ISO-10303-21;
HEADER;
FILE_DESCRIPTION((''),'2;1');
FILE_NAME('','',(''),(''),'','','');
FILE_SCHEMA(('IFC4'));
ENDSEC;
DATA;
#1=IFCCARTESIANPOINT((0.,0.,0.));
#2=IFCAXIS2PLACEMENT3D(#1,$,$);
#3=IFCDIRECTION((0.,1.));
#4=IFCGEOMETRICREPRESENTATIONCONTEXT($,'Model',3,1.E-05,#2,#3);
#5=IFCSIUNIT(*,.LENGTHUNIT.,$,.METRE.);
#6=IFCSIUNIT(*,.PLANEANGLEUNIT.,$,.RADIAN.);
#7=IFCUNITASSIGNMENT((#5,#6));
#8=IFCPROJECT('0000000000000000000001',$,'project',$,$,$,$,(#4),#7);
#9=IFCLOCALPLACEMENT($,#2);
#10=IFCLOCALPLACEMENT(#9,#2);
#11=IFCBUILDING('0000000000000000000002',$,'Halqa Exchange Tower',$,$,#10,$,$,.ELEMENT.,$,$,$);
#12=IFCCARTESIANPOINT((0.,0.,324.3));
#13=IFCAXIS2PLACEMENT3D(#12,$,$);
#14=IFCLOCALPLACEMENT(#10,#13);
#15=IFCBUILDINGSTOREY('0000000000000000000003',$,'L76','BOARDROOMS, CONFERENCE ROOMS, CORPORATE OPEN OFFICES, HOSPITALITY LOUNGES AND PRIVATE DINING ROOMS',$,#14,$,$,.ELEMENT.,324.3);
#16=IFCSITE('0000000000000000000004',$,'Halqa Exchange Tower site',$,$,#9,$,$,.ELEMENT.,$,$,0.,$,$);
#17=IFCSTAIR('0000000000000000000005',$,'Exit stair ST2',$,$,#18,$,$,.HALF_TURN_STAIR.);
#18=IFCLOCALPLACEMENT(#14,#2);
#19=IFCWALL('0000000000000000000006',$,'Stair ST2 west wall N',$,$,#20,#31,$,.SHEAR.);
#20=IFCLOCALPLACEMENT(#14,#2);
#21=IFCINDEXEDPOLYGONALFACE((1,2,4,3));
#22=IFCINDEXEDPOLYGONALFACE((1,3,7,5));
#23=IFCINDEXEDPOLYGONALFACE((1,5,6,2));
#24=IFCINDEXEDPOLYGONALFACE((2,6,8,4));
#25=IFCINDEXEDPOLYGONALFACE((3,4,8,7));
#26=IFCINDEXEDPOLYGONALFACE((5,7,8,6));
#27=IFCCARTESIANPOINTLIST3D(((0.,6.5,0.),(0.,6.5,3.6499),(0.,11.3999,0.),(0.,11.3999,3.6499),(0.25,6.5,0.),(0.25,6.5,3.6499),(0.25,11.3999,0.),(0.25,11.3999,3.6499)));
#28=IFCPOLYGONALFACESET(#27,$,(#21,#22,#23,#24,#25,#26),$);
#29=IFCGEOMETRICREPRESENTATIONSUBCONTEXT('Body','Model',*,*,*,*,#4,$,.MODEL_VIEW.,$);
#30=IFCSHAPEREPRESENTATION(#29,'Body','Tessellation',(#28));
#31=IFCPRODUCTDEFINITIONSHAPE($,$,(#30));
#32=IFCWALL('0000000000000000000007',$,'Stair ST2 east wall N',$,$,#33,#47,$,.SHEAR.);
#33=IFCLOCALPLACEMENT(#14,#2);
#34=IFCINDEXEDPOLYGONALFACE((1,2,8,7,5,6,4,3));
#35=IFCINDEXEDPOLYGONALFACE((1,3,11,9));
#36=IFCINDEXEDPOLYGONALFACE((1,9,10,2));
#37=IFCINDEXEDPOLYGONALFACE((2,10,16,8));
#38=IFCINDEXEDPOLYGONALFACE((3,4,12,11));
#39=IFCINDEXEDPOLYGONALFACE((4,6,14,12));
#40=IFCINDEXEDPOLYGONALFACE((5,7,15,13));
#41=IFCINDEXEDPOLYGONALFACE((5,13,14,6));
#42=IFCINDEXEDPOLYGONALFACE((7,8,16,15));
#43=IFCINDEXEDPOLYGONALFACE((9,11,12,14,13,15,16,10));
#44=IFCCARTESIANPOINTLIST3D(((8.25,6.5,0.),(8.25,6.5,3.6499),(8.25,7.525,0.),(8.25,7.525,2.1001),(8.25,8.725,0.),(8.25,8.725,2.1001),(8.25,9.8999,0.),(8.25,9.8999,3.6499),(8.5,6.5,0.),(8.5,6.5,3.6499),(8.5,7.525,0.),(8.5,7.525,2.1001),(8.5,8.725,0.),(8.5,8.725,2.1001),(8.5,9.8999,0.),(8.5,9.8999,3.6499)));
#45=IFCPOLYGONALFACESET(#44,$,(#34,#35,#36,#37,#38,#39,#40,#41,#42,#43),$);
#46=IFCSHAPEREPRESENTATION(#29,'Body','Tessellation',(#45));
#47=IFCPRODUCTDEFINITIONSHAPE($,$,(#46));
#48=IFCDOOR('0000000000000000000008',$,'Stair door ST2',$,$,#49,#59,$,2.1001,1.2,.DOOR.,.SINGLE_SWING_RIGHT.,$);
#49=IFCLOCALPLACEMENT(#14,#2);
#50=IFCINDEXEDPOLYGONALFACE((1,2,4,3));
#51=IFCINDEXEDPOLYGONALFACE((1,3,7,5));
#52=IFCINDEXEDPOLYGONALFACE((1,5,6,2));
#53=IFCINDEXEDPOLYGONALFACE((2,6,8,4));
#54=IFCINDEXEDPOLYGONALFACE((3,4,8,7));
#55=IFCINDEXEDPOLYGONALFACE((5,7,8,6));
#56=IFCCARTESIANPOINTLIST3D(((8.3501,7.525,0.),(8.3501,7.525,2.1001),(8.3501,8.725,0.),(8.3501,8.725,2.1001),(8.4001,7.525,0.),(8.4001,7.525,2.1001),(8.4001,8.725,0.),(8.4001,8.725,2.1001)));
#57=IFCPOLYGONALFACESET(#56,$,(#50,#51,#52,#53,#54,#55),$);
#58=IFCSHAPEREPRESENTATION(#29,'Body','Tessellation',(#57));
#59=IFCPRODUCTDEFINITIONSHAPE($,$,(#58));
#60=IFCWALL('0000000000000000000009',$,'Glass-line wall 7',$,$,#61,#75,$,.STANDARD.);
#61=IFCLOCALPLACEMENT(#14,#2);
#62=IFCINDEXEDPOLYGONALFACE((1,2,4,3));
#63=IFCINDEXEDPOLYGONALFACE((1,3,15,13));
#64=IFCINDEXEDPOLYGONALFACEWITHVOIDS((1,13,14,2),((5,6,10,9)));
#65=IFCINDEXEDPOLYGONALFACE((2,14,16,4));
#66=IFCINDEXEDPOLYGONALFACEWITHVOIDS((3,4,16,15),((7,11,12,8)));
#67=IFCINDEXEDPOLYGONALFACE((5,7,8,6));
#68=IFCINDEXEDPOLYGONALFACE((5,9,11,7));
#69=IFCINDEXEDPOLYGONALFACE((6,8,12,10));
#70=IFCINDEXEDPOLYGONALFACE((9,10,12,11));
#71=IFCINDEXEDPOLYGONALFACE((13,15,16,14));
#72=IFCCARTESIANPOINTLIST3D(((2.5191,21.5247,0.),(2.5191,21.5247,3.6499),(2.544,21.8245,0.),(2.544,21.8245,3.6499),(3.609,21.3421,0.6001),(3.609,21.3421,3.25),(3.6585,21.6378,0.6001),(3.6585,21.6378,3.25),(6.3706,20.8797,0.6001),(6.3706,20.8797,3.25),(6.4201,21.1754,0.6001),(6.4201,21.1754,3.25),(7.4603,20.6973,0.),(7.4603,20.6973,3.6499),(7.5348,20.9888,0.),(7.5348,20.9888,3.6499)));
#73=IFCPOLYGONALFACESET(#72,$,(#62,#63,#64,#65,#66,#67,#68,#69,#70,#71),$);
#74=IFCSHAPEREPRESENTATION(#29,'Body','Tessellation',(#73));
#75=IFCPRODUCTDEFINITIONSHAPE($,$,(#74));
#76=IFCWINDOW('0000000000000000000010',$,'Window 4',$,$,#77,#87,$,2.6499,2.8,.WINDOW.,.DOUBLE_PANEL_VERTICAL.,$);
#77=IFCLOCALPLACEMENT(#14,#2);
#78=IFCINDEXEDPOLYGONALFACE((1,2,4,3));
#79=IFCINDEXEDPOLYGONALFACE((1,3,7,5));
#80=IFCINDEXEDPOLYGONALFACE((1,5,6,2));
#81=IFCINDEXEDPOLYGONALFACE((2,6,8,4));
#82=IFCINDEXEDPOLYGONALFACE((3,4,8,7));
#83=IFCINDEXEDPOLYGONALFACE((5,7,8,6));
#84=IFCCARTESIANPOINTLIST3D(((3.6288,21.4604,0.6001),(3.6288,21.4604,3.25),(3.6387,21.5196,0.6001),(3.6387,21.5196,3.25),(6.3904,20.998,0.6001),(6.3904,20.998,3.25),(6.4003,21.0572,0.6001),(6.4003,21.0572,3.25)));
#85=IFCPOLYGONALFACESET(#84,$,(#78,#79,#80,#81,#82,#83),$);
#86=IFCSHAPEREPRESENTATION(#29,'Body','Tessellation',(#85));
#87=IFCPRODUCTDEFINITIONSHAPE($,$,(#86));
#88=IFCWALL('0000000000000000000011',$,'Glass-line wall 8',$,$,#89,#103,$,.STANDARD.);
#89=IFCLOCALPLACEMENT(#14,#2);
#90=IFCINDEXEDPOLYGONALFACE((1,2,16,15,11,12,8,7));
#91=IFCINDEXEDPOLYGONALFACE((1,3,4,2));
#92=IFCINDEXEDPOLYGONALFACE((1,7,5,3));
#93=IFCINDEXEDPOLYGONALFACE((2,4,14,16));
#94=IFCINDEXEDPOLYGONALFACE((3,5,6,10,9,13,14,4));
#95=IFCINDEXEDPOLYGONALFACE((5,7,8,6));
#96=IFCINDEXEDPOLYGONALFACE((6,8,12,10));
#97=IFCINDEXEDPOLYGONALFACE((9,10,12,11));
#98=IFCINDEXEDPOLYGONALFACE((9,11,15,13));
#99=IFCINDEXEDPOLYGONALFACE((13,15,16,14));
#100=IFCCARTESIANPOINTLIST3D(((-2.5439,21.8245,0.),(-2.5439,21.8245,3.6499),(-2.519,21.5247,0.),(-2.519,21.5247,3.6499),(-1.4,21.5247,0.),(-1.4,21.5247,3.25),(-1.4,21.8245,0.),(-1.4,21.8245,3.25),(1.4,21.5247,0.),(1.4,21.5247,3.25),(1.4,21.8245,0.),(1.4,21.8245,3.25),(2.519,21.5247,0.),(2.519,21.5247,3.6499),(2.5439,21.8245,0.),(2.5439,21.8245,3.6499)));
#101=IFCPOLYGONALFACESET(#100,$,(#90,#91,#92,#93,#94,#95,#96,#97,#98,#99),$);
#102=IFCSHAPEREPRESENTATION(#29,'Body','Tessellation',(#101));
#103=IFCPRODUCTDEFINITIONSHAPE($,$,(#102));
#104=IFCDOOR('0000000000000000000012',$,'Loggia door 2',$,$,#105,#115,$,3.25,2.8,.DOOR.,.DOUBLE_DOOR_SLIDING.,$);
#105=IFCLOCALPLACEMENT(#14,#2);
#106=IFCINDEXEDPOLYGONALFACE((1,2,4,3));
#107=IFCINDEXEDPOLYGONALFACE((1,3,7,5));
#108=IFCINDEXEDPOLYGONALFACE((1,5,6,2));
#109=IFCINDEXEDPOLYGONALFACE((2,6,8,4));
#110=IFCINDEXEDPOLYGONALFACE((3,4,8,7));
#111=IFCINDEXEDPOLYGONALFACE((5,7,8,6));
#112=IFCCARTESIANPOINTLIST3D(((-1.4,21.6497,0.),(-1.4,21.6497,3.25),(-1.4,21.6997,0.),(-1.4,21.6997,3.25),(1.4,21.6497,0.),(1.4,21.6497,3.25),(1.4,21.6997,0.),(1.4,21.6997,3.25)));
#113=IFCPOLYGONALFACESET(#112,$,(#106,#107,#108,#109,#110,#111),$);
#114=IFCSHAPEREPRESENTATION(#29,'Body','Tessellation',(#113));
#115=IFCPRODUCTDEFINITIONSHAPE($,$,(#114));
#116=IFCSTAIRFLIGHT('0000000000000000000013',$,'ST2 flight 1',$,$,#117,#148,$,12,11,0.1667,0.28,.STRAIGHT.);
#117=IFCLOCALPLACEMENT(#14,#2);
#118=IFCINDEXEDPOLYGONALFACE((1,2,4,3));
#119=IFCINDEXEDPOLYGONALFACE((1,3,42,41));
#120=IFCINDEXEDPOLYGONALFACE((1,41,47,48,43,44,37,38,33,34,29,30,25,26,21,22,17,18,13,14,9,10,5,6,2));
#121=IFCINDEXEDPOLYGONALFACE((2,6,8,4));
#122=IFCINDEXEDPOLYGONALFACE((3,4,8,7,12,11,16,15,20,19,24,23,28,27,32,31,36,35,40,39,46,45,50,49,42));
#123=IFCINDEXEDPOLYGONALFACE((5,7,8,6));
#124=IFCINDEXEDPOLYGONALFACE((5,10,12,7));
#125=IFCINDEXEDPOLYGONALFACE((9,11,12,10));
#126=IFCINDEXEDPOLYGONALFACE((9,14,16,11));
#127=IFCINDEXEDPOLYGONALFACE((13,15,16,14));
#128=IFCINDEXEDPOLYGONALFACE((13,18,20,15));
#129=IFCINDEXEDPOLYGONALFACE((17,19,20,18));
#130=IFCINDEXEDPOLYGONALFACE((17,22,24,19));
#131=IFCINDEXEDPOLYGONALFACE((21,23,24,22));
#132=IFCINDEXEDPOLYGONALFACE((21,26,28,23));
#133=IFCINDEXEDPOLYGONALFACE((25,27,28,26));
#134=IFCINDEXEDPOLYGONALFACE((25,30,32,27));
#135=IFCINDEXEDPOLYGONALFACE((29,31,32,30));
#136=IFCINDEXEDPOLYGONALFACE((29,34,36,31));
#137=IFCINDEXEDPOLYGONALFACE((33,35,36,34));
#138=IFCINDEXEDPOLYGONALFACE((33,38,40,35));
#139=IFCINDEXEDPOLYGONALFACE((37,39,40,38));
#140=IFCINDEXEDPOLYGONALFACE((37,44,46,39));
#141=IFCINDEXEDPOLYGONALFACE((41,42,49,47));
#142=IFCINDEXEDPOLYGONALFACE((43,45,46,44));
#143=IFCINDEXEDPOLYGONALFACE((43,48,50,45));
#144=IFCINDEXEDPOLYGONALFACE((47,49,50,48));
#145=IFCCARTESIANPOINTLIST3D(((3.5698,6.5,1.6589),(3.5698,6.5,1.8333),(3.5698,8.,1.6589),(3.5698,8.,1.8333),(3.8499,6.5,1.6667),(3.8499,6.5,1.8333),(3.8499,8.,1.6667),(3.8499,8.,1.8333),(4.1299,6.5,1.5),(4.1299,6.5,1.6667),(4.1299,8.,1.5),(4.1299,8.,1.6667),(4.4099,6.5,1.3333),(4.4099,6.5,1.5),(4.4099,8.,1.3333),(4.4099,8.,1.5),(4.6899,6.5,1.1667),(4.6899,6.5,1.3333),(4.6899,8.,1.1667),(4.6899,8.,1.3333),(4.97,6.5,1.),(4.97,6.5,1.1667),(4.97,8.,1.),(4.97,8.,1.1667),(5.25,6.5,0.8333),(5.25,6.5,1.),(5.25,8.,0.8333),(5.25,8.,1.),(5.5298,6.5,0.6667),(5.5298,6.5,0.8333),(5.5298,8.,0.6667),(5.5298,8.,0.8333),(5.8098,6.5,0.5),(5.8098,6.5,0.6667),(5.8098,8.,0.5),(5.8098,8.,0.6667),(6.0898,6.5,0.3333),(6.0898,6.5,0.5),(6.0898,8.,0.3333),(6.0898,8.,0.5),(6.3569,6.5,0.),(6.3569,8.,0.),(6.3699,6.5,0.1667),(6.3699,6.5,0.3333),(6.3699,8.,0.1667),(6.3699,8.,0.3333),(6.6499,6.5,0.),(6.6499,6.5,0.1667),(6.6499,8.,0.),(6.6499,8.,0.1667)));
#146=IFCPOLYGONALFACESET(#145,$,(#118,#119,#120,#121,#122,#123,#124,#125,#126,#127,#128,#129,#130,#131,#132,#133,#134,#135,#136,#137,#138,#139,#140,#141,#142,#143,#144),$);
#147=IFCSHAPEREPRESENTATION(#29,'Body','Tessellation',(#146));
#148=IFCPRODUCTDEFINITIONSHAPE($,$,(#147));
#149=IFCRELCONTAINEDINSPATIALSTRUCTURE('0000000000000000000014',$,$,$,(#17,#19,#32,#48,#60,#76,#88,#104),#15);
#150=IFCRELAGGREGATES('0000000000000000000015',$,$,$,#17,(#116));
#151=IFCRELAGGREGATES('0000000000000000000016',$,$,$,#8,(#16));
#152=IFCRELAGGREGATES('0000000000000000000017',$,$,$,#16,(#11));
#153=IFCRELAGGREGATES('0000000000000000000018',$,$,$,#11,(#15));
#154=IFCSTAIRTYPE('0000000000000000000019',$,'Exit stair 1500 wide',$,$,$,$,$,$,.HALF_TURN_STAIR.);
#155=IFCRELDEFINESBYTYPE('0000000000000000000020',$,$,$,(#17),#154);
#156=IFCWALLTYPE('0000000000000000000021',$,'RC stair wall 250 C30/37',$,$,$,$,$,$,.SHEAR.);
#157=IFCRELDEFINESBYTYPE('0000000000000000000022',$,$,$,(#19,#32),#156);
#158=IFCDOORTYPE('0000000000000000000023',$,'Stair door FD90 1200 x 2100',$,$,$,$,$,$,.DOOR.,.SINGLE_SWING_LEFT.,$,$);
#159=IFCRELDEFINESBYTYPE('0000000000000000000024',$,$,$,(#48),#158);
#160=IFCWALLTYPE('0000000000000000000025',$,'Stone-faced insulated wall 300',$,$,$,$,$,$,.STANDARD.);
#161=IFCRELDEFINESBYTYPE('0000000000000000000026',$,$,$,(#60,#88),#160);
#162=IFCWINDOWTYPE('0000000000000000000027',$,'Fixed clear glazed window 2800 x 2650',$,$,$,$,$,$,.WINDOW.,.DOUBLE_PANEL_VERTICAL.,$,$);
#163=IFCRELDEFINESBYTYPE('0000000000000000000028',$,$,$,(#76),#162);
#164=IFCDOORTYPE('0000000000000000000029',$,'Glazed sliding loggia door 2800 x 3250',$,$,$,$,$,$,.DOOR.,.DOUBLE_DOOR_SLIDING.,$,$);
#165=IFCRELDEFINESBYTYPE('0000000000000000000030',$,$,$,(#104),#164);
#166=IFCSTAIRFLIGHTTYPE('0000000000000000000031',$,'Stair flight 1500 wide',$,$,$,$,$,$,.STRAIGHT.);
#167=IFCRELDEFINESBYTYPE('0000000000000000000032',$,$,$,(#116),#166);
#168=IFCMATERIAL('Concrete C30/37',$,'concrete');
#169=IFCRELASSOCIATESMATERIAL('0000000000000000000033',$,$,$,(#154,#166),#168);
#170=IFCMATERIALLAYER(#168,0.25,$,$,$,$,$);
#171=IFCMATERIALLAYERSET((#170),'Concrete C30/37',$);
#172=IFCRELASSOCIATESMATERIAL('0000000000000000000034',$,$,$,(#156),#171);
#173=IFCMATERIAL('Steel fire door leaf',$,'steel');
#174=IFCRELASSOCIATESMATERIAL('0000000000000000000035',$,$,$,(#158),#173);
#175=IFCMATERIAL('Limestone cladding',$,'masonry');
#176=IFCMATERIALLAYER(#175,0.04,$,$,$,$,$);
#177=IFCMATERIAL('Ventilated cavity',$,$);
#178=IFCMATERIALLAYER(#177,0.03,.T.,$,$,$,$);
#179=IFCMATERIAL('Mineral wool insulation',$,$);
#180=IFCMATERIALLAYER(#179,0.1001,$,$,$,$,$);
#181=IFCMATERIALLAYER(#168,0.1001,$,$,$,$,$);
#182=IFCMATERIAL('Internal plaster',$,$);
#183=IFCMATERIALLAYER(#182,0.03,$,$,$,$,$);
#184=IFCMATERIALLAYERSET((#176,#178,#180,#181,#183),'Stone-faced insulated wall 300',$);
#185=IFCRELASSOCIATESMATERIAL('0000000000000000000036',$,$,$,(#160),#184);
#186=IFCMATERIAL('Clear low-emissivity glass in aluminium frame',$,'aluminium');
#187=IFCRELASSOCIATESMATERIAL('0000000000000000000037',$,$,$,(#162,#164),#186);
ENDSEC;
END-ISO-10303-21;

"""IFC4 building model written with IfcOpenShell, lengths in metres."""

from ifc_helpers import new_model, si_unit, direction, frame, frame_2d, origin, place, context, subcontext, project, spatial, polyline, rectangle, outline, extrude, material, layer, layer_set, type_object, element, fill, aggregate, save


model = new_model("IFC4")

# Units and contexts
model_context = context("Model", 3, precision=1e-05, world=origin(), true_north=direction((0.0, 1.0)))
body_context = subcontext(model_context, "Body", "Model", "MODEL_VIEW")
ifc_project = project(units=[si_unit("LENGTHUNIT", "METRE"), si_unit("PLANEANGLEUNIT", "RADIAN")], contexts=[model_context])

# Site, building, storey
site_placement = place(None, origin())
site = spatial("IfcSite", under=ifc_project, at=site_placement, Name="Halqa Exchange Tower site", CompositionType="ELEMENT", RefElevation=0.0)
building_placement = place(site_placement, origin())
building = spatial("IfcBuilding", under=site, at=building_placement, Name="Halqa Exchange Tower", CompositionType="ELEMENT")
storey_placement = place(building_placement, frame((0.0, 0.0, 324.3)))
storey = spatial("IfcBuildingStorey", under=building, at=storey_placement, Name="L76", Description="BOARDROOMS, CONFERENCE ROOMS, CORPORATE OPEN OFFICES, HOSPITALITY LOUNGES AND PRIVATE DINING ROOMS", CompositionType="ELEMENT", Elevation=324.3)

# Stair
ifc_material_1 = material(Name="Concrete C30/37", Category="concrete")
stair_type = type_object("IfcStairType", Name="Exit stair 1500 wide", PredefinedType="HALF_TURN_STAIR", material=ifc_material_1)
stair_1_placement = place(storey_placement, origin())
stair_1 = element("IfcStair", 1, at=stair_1_placement, inside=storey, type_object=stair_type, Name="Exit stair ST2", PredefinedType="HALF_TURN_STAIR")

# Wall
ifc_layer_1 = layer(ifc_material_1, 0.25)
ifc_layer_set_1 = layer_set([ifc_layer_1], Name="Concrete C30/37")
wall_type_1 = type_object("IfcWallType", Name="RC stair wall 250 C30/37", PredefinedType="SHEAR", material=ifc_layer_set_1)
wall_1_placement = place(storey_placement, frame((0.125, 6.5, 0.0), z_axis=(0.0, 0.0, 1.0), x_axis=(0.0, 1.0, 0.0)))
element("IfcWall", 2, at=wall_1_placement, inside=storey, type_object=wall_type_1, Name="Stair ST2 west wall N", PredefinedType="SHEAR", context=body_context, shape_type="SweptSolid", body=[
    extrude(rectangle(XDim=4.8999, YDim=0.25, at=frame_2d((2.45, 0.0))), origin(), (0.0, 0.0, 1.0), 3.6499),
])

# Wall, opening, door
wall_2_placement = place(storey_placement, frame((8.375, 6.5, 0.0), z_axis=(0.0, 0.0, 1.0), x_axis=(0.0, 1.0, 0.0)))
wall_2 = element("IfcWall", 3, at=wall_2_placement, inside=storey, type_object=wall_type_1, Name="Stair ST2 east wall N", PredefinedType="SHEAR", context=body_context, shape_type="SweptSolid", body=[
    extrude(rectangle(XDim=3.3999, YDim=0.25, at=frame_2d((1.7, 0.0))), origin(), (0.0, 0.0, 1.0), 3.6499),
])
opening_1_placement = place(wall_2_placement, frame((1.0249, 0.0, 0.0)))
opening_1 = element("IfcOpeningElement", 4, at=opening_1_placement, cuts=wall_2, PredefinedType="OPENING", context=body_context, shape_type="SweptSolid", body=[
    extrude(rectangle(XDim=1.2, YDim=2.1001, at=frame_2d((0.6001, 1.05))), frame((0.0, 0.137, 0.0), z_axis=(0.0, -1.0, 0.0), x_axis=(1.0, 0.0, 0.0)), (0.0, 0.0, 1.0), 0.2739),
])
ifc_material_2 = material(Name="Steel fire door leaf", Category="steel")
door_type_1 = type_object("IfcDoorType", Name="Stair door FD90 1200 x 2100", OperationType="SINGLE_SWING_LEFT", PredefinedType="DOOR", material=ifc_material_2)
door_1_placement = place(opening_1_placement, origin())
door_1 = element("IfcDoor", 5, at=door_1_placement, inside=storey, type_object=door_type_1, Name="Stair door ST2", OperationType="SINGLE_SWING_RIGHT", OverallHeight=2.1001, OverallWidth=1.2, PredefinedType="DOOR", context=body_context, shape_type="SweptSolid", body=[
    extrude(rectangle(XDim=1.2, YDim=2.1001, at=frame_2d((0.6001, 1.05))), frame((0.0, 0.0249, 0.0), z_axis=(0.0, -1.0, 0.0), x_axis=(1.0, 0.0, 0.0)), (0.0, 0.0, 1.0), 0.05),
])
fill(opening_1, door_1)

# Wall, opening, window
ifc_material_3 = material(Name="Limestone cladding", Category="masonry")
ifc_layer_2 = layer(ifc_material_3, 0.04)
ifc_material_4 = material(Name="Ventilated cavity")
ifc_layer_3 = layer(ifc_material_4, 0.03, ventilated=True)
ifc_material_5 = material(Name="Mineral wool insulation")
ifc_layer_4 = layer(ifc_material_5, 0.1001)
ifc_layer_5 = layer(ifc_material_1, 0.1001)
ifc_material_6 = material(Name="Internal plaster")
ifc_layer_6 = layer(ifc_material_6, 0.03)
ifc_layer_set_2 = layer_set([ifc_layer_2, ifc_layer_3, ifc_layer_4, ifc_layer_5, ifc_layer_6], Name="Stone-faced insulated wall 300")
wall_type_2 = type_object("IfcWallType", Name="Stone-faced insulated wall 300", PredefinedType="STANDARD", material=ifc_layer_set_2)
wall_3_placement = place(storey_placement, frame((7.4976, 20.843, 0.0), z_axis=(0.0, 0.0, 1.0), x_axis=(-0.986269, 0.165146, 0.0)))
wall_3 = element("IfcWall", 6, at=wall_3_placement, inside=storey, type_object=wall_type_2, Name="Glass-line wall 7", PredefinedType="STANDARD", context=body_context, shape_type="SweptSolid", body=[
    extrude(outline(polyline([(-0.0127, -0.1499), (5.0476, -0.1499), (5.0227, 0.1499), (0.0127, 0.1499), (-0.0127, -0.1499)])), origin(), (0.0, 0.0, 1.0), 3.6499),
])
opening_2_placement = place(wall_3_placement, frame((1.1177, 0.0, 0.6001)))
opening_2 = element("IfcOpeningElement", 7, at=opening_2_placement, cuts=wall_3, PredefinedType="OPENING", context=body_context, shape_type="SweptSolid", body=[
    extrude(rectangle(XDim=2.8, YDim=2.6499, at=frame_2d((1.3999, 1.325))), frame((0.0, 0.1621, 0.0), z_axis=(0.0, -1.0, 0.0), x_axis=(1.0, 0.0, 0.0)), (0.0, 0.0, 1.0), 0.324),
])
ifc_material_7 = material(Name="Clear low-emissivity glass in aluminium frame", Category="aluminium")
window_type = type_object("IfcWindowType", Name="Fixed clear glazed window 2800 x 2650", PartitioningType="DOUBLE_PANEL_VERTICAL", PredefinedType="WINDOW", material=ifc_material_7)
window_placement = place(opening_2_placement, origin())
window = element("IfcWindow", 8, at=window_placement, inside=storey, type_object=window_type, Name="Window 4", OverallHeight=2.6499, OverallWidth=2.8, PartitioningType="DOUBLE_PANEL_VERTICAL", PredefinedType="WINDOW", context=body_context, shape_type="SweptSolid", body=[
    extrude(rectangle(XDim=2.8, YDim=2.6499, at=frame_2d((1.3999, 1.325))), frame((0.0, 0.03, 0.0), z_axis=(0.0, -1.0, 0.0), x_axis=(1.0, 0.0, 0.0)), (0.0, 0.0, 1.0), 0.0601),
])
fill(opening_2, window)

# Wall, opening, door
wall_4_placement = place(storey_placement, frame((2.5315, 21.6746, 0.0), z_axis=(0.0, 0.0, 1.0), x_axis=(-1.0, 0.0, 0.0)))
wall_4 = element("IfcWall", 9, at=wall_4_placement, inside=storey, type_object=wall_type_2, Name="Glass-line wall 8", PredefinedType="STANDARD", context=body_context, shape_type="SweptSolid", body=[
    extrude(outline(polyline([(-0.0125, -0.1499), (5.0754, -0.1499), (5.0505, 0.1499), (0.0125, 0.1499), (-0.0125, -0.1499)])), origin(), (0.0, 0.0, 1.0), 3.6499),
])
opening_3_placement = place(wall_4_placement, frame((1.1316, 0.0, 0.0)))
opening_3 = element("IfcOpeningElement", 10, at=opening_3_placement, cuts=wall_4, PredefinedType="OPENING", context=body_context, shape_type="SweptSolid", body=[
    extrude(rectangle(XDim=2.8, YDim=3.25, at=frame_2d((1.3999, 1.625))), frame((0.0, 0.1621, 0.0), z_axis=(0.0, -1.0, 0.0), x_axis=(1.0, 0.0, 0.0)), (0.0, 0.0, 1.0), 0.324),
])
door_type_2 = type_object("IfcDoorType", Name="Glazed sliding loggia door 2800 x 3250", OperationType="DOUBLE_DOOR_SLIDING", PredefinedType="DOOR", material=ifc_material_7)
door_2_placement = place(opening_3_placement, origin())
door_2 = element("IfcDoor", 11, at=door_2_placement, inside=storey, type_object=door_type_2, Name="Loggia door 2", OperationType="DOUBLE_DOOR_SLIDING", OverallHeight=3.25, OverallWidth=2.8, PredefinedType="DOOR", context=body_context, shape_type="SweptSolid", body=[
    extrude(rectangle(XDim=2.8, YDim=3.25, at=frame_2d((1.3999, 1.625))), frame((0.0, 0.0249, 0.0), z_axis=(0.0, -1.0, 0.0), x_axis=(1.0, 0.0, 0.0)), (0.0, 0.0, 1.0), 0.05),
])
fill(opening_3, door_2)

# Stair flight
stair_flight_type = type_object("IfcStairFlightType", Name="Stair flight 1500 wide", PredefinedType="STRAIGHT", material=ifc_material_1)
stair_flight_1_placement = place(storey_placement, frame((6.6499, 7.25, 0.0), z_axis=(0.0, 0.0, 1.0), x_axis=(-1.0, 0.0, 0.0)))
stair_flight_1 = element("IfcStairFlight", 12, at=stair_flight_1_placement, type_object=stair_flight_type, Name="ST2 flight 1", NumberOfRisers=12, NumberOfTreads=11, PredefinedType="STRAIGHT", RiserHeight=0.1667, TreadLength=0.28, context=body_context, shape_type="SweptSolid", body=[
    extrude(outline(polyline([(0.0, 0.0), (0.0, 0.1667), (0.28, 0.1667), (0.28, 0.3333), (0.5601, 0.3333), (0.5601, 0.5), (0.8401, 0.5), (0.8401, 0.6667), (1.1201, 0.6667), (1.1201, 0.8333), (1.3999, 0.8333), (1.3999, 1.0), (1.6799, 1.0), (1.6799, 1.1667), (1.96, 1.1667), (1.96, 1.3333), (2.24, 1.3333), (2.24, 1.5), (2.52, 1.5), (2.52, 1.6667), (2.8, 1.6667), (2.8, 1.8333), (3.0801, 1.8333), (3.0801, 2.0), (3.0801, 1.6589), (0.293, 0.0), (0.0, 0.0)])), frame((0.0, 0.75, 0.0), z_axis=(0.0, -1.0, 0.0), x_axis=(1.0, 0.0, 0.0)), (0.0, 0.0, 1.0), 1.5),
])
aggregate(stair_1, [stair_flight_1])

save(model, "model.ifc")
